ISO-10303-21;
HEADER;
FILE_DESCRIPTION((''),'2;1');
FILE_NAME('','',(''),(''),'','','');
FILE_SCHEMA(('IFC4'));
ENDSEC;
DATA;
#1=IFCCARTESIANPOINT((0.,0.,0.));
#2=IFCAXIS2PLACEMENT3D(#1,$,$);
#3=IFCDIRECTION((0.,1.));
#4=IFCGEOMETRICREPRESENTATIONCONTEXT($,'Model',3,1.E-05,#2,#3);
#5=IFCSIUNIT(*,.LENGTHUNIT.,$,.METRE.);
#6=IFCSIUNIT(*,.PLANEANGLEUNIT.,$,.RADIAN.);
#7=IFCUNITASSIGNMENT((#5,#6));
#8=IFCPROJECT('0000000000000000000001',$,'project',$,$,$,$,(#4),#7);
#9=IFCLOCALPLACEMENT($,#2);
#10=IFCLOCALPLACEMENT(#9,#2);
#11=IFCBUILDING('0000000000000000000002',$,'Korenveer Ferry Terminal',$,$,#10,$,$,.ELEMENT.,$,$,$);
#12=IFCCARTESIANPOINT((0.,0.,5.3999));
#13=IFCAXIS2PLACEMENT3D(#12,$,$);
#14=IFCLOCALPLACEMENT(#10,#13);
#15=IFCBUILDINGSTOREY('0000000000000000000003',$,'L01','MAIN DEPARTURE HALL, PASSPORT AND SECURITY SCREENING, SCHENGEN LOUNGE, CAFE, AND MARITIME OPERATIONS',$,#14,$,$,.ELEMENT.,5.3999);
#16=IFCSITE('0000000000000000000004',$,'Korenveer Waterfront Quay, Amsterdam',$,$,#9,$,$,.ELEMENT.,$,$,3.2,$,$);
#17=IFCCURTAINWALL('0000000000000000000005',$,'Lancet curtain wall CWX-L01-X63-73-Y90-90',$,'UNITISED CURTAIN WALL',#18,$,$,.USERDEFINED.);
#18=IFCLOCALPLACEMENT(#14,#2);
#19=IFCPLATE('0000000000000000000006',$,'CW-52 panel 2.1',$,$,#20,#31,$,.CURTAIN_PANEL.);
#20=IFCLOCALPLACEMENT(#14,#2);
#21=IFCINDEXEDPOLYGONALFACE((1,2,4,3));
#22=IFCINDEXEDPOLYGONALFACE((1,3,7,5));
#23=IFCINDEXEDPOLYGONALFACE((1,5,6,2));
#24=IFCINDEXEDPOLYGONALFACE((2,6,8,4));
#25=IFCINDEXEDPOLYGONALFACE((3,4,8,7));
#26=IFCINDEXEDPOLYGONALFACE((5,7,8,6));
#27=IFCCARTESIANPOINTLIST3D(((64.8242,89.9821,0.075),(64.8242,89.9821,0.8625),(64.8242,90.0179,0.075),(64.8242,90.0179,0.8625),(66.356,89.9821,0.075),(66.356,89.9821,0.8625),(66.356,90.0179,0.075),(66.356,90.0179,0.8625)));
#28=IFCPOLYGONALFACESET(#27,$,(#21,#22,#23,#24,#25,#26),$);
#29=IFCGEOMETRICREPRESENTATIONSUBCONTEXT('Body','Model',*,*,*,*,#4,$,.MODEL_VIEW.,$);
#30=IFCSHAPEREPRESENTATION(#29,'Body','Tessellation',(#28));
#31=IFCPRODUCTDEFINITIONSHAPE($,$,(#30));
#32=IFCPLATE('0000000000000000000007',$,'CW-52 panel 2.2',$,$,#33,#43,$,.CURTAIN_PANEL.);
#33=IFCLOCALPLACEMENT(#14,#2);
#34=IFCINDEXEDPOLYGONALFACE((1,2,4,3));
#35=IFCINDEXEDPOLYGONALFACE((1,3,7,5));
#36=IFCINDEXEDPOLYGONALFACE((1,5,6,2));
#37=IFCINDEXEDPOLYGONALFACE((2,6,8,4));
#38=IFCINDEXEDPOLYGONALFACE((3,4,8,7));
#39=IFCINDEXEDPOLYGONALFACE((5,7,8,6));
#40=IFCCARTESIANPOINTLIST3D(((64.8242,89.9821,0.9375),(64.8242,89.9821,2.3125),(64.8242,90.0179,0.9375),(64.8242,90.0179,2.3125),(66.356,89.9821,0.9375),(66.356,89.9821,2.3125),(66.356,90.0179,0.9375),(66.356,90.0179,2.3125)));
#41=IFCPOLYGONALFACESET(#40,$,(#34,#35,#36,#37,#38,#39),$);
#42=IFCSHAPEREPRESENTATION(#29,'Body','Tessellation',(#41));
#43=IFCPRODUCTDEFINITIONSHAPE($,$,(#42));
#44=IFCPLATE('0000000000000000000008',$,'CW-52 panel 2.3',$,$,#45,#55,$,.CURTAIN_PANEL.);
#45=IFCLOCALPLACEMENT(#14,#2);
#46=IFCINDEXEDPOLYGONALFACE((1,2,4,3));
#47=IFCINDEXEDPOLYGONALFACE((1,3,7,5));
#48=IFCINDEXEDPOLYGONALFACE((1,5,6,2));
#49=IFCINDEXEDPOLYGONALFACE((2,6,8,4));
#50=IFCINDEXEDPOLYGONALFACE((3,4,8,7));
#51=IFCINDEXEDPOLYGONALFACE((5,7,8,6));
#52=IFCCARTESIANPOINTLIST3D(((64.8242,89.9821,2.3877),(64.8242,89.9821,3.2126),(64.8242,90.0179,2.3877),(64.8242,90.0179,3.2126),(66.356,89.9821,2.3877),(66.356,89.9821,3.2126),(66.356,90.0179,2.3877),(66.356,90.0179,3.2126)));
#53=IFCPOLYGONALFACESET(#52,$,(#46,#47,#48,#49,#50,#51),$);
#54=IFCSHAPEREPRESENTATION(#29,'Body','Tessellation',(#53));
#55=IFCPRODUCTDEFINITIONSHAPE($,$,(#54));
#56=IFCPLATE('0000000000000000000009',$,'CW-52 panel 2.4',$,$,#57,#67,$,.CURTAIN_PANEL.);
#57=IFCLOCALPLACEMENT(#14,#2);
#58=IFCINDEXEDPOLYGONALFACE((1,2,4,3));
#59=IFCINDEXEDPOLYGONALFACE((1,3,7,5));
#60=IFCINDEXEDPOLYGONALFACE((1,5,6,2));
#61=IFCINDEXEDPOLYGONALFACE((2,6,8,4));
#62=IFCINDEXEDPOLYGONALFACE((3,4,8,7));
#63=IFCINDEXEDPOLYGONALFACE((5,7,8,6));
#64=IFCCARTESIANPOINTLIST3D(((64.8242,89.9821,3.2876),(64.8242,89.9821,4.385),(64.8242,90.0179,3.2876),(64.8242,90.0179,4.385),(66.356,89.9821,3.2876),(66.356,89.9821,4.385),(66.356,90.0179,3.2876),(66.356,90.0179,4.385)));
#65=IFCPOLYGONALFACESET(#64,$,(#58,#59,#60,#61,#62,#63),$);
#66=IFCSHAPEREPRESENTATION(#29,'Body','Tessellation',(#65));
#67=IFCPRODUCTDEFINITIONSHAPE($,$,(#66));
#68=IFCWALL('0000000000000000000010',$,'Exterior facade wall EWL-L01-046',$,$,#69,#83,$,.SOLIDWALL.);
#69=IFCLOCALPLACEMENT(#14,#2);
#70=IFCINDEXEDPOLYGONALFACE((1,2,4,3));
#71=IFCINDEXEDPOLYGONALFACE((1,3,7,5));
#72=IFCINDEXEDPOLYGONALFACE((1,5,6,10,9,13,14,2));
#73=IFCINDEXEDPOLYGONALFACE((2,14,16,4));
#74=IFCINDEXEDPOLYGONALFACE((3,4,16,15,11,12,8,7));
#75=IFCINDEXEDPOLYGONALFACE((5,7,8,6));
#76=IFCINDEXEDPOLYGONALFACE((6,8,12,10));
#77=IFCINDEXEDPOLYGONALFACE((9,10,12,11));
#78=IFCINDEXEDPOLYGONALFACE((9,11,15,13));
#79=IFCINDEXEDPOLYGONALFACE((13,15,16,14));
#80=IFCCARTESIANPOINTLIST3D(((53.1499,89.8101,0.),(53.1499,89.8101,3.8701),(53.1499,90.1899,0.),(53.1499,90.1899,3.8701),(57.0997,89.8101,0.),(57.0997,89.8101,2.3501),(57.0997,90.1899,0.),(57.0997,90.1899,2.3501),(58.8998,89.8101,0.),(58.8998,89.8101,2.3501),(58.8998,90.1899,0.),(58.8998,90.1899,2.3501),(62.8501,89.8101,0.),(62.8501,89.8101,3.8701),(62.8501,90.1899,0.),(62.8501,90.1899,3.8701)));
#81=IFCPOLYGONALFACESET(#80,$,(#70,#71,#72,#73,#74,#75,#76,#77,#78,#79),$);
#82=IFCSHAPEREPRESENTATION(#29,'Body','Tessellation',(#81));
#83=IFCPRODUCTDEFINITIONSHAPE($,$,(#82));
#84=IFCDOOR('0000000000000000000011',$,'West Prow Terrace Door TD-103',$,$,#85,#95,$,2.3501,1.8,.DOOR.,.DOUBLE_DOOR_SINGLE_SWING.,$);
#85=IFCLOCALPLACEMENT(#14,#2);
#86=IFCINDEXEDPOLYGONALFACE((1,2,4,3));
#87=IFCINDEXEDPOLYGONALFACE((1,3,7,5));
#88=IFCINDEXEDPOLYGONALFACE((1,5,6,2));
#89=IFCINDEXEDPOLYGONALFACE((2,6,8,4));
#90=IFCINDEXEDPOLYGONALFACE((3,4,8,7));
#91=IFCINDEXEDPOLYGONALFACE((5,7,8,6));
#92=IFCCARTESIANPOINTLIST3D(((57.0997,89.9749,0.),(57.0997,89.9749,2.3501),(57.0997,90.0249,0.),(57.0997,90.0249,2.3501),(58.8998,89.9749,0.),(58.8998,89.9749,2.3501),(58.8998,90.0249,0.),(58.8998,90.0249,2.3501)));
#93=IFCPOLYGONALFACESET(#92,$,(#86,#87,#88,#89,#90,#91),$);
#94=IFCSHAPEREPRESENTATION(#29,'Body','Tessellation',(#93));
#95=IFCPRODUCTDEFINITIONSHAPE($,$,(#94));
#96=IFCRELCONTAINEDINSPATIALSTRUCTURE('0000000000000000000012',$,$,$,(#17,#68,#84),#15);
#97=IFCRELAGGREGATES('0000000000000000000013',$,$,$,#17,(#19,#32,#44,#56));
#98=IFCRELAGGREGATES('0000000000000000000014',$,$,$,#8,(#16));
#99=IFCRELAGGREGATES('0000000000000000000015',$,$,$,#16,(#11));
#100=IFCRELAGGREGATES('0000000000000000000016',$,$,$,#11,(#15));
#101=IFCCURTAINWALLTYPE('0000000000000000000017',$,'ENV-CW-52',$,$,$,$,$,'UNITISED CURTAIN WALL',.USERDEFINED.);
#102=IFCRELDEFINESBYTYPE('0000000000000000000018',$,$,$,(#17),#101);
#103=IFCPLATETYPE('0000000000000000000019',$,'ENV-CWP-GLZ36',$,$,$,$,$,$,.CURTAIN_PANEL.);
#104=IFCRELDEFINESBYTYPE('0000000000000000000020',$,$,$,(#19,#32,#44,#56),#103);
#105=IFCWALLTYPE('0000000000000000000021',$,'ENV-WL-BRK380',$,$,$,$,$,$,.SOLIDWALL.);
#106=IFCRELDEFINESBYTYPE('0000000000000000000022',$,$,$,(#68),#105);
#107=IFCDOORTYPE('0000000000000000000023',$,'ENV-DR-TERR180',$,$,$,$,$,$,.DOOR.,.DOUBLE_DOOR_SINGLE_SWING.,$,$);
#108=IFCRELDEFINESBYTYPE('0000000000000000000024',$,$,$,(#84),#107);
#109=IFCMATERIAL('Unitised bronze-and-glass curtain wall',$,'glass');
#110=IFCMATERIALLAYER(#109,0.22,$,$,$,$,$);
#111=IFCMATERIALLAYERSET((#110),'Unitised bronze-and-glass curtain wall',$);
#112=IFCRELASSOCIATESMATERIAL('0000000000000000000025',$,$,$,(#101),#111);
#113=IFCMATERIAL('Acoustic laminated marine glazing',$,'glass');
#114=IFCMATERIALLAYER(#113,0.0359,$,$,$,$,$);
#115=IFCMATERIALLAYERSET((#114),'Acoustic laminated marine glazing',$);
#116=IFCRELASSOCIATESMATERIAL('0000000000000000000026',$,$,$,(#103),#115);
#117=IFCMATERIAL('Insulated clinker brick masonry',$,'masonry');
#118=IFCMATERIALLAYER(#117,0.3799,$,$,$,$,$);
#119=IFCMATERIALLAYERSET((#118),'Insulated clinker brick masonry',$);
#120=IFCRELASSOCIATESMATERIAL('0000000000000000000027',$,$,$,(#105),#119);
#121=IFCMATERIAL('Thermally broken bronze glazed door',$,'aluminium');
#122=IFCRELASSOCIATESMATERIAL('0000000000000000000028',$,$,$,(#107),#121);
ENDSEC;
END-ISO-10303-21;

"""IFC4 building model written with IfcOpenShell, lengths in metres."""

from ifc_helpers import new_model, si_unit, direction, frame, frame_2d, origin, origin_2d, place, context, subcontext, project, spatial, rectangle, extrude, material, layer, layer_set, type_object, element, fill, aggregate, save


model = new_model("IFC4")

# Units and contexts
model_context = context("Model", 3, precision=1e-05, world=origin(), true_north=direction((0.0, 1.0)))
body_context = subcontext(model_context, "Body", "Model", "MODEL_VIEW")
ifc_project = project(units=[si_unit("LENGTHUNIT", "METRE"), si_unit("PLANEANGLEUNIT", "RADIAN")], contexts=[model_context])

# Site, building, storey
site_placement = place(None, origin())
site = spatial("IfcSite", under=ifc_project, at=site_placement, Name="Korenveer Waterfront Quay, Amsterdam", CompositionType="ELEMENT", RefElevation=3.2)
building_placement = place(site_placement, origin())
building = spatial("IfcBuilding", under=site, at=building_placement, Name="Korenveer Ferry Terminal", CompositionType="ELEMENT")
storey_placement = place(building_placement, frame((0.0, 0.0, 5.3999)))
storey = spatial("IfcBuildingStorey", under=building, at=storey_placement, Name="L01", Description="MAIN DEPARTURE HALL, PASSPORT AND SECURITY SCREENING, SCHENGEN LOUNGE, CAFE, AND MARITIME OPERATIONS", CompositionType="ELEMENT", Elevation=5.3999)

# Shared definitions
ifc_material_1 = material(Name="Unitised bronze-and-glass curtain wall", Category="glass")

# Curtain wall
ifc_layer_1 = layer(ifc_material_1, 0.22)
ifc_layer_set_1 = layer_set([ifc_layer_1], Name="Unitised bronze-and-glass curtain wall")
curtain_wall_type_1 = type_object("IfcCurtainWallType", Name="ENV-CW-52", ElementType="UNITISED CURTAIN WALL", PredefinedType="USERDEFINED", material=ifc_layer_set_1)
curtain_wall_1_placement = place(storey_placement, frame((63.1799, 90.0, 0.0)))
curtain_wall_1 = element("IfcCurtainWall", 1, at=curtain_wall_1_placement, inside=storey, type_object=curtain_wall_type_1, Name="Lancet curtain wall CWX-L01-X63-73-Y90-90", ObjectType="UNITISED CURTAIN WALL", PredefinedType="USERDEFINED")

# Plates
ifc_material_2 = material(Name="Acoustic laminated marine glazing", Category="glass")
ifc_layer_2 = layer(ifc_material_2, 0.0359)
ifc_layer_set_2 = layer_set([ifc_layer_2], Name="Acoustic laminated marine glazing")
plate_type_1 = type_object("IfcPlateType", Name="ENV-CWP-GLZ36", PredefinedType="CURTAIN_PANEL", material=ifc_layer_set_2)
plate_1_placement = place(storey_placement, frame((65.5901, 90.0, 0.075), z_axis=(0.0, 0.0, 1.0), x_axis=(1.0, 0.0, 0.0)))
plate_1 = element("IfcPlate", 2, at=plate_1_placement, type_object=plate_type_1, Name="CW-52 panel 2.1", PredefinedType="CURTAIN_PANEL", context=body_context, shape_type="SweptSolid", body=[
    extrude(rectangle(XDim=1.5317, YDim=0.0359, at=origin_2d()), origin(), (0.0, 0.0, 1.0), 0.7876),
])
plate_2_placement = place(storey_placement, frame((65.5901, 90.0, 0.9375), z_axis=(0.0, 0.0, 1.0), x_axis=(1.0, 0.0, 0.0)))
plate_2 = element("IfcPlate", 3, at=plate_2_placement, type_object=plate_type_1, Name="CW-52 panel 2.2", PredefinedType="CURTAIN_PANEL", context=body_context, shape_type="SweptSolid", body=[
    extrude(rectangle(XDim=1.5317, YDim=0.0359, at=origin_2d()), origin(), (0.0, 0.0, 1.0), 1.375),
])
plate_3_placement = place(storey_placement, frame((65.5901, 90.0, 2.3877), z_axis=(0.0, 0.0, 1.0), x_axis=(1.0, 0.0, 0.0)))
plate_3 = element("IfcPlate", 4, at=plate_3_placement, type_object=plate_type_1, Name="CW-52 panel 2.3", PredefinedType="CURTAIN_PANEL", context=body_context, shape_type="SweptSolid", body=[
    extrude(rectangle(XDim=1.5317, YDim=0.0359, at=origin_2d()), origin(), (0.0, 0.0, 1.0), 0.825),
])
plate_4_placement = place(storey_placement, frame((65.5901, 90.0, 3.2876), z_axis=(0.0, 0.0, 1.0), x_axis=(1.0, 0.0, 0.0)))
plate_4 = element("IfcPlate", 5, at=plate_4_placement, type_object=plate_type_1, Name="CW-52 panel 2.4", PredefinedType="CURTAIN_PANEL", context=body_context, shape_type="SweptSolid", body=[
    extrude(rectangle(XDim=1.5317, YDim=0.0359, at=origin_2d()), origin(), (0.0, 0.0, 1.0), 1.0974),
])
aggregate(curtain_wall_1, [plate_1, plate_2, plate_3, plate_4])

# Wall, opening, door
ifc_material_3 = material(Name="Insulated clinker brick masonry", Category="masonry")
ifc_layer_3 = layer(ifc_material_3, 0.3799)
ifc_layer_set_3 = layer_set([ifc_layer_3], Name="Insulated clinker brick masonry")
wall_type = type_object("IfcWallType", Name="ENV-WL-BRK380", PredefinedType="SOLIDWALL", material=ifc_layer_set_3)
wall_placement = place(storey_placement, frame((53.1499, 90.0, 0.0), z_axis=(0.0, 0.0, 1.0), x_axis=(1.0, 0.0, 0.0)))
wall = element("IfcWall", 6, at=wall_placement, inside=storey, type_object=wall_type, Name="Exterior facade wall EWL-L01-046", PredefinedType="SOLIDWALL", context=body_context, shape_type="SweptSolid", body=[
    extrude(rectangle(XDim=9.7002, YDim=0.3799, at=frame_2d((4.8501, 0.0))), origin(), (0.0, 0.0, 1.0), 3.8701),
])
opening_placement = place(wall_placement, frame((3.95, 0.0, 0.0)))
opening = element("IfcOpeningElement", 7, at=opening_placement, cuts=wall, PredefinedType="OPENING", context=body_context, shape_type="SweptSolid", body=[
    extrude(rectangle(XDim=1.8, YDim=2.3501, at=frame_2d((0.8999, 1.175))), frame((0.0, 0.2, 0.0), z_axis=(0.0, -1.0, 0.0), x_axis=(1.0, 0.0, 0.0)), (0.0, 0.0, 1.0), 0.3999),
])
ifc_material_4 = material(Name="Thermally broken bronze glazed door", Category="aluminium")
door_type = type_object("IfcDoorType", Name="ENV-DR-TERR180", OperationType="DOUBLE_DOOR_SINGLE_SWING", PredefinedType="DOOR", material=ifc_material_4)
door_placement = place(opening_placement, origin())
door = element("IfcDoor", 8, at=door_placement, inside=storey, type_object=door_type, Name="West Prow Terrace Door TD-103", OperationType="DOUBLE_DOOR_SINGLE_SWING", OverallHeight=2.3501, OverallWidth=1.8, PredefinedType="DOOR", context=body_context, shape_type="SweptSolid", body=[
    extrude(rectangle(XDim=1.8, YDim=2.3501, at=frame_2d((0.8999, 1.175))), frame((0.0, 0.0249, 0.0), z_axis=(0.0, -1.0, 0.0), x_axis=(1.0, 0.0, 0.0)), (0.0, 0.0, 1.0), 0.05),
])
fill(opening, door)

save(model, "model.ifc")
